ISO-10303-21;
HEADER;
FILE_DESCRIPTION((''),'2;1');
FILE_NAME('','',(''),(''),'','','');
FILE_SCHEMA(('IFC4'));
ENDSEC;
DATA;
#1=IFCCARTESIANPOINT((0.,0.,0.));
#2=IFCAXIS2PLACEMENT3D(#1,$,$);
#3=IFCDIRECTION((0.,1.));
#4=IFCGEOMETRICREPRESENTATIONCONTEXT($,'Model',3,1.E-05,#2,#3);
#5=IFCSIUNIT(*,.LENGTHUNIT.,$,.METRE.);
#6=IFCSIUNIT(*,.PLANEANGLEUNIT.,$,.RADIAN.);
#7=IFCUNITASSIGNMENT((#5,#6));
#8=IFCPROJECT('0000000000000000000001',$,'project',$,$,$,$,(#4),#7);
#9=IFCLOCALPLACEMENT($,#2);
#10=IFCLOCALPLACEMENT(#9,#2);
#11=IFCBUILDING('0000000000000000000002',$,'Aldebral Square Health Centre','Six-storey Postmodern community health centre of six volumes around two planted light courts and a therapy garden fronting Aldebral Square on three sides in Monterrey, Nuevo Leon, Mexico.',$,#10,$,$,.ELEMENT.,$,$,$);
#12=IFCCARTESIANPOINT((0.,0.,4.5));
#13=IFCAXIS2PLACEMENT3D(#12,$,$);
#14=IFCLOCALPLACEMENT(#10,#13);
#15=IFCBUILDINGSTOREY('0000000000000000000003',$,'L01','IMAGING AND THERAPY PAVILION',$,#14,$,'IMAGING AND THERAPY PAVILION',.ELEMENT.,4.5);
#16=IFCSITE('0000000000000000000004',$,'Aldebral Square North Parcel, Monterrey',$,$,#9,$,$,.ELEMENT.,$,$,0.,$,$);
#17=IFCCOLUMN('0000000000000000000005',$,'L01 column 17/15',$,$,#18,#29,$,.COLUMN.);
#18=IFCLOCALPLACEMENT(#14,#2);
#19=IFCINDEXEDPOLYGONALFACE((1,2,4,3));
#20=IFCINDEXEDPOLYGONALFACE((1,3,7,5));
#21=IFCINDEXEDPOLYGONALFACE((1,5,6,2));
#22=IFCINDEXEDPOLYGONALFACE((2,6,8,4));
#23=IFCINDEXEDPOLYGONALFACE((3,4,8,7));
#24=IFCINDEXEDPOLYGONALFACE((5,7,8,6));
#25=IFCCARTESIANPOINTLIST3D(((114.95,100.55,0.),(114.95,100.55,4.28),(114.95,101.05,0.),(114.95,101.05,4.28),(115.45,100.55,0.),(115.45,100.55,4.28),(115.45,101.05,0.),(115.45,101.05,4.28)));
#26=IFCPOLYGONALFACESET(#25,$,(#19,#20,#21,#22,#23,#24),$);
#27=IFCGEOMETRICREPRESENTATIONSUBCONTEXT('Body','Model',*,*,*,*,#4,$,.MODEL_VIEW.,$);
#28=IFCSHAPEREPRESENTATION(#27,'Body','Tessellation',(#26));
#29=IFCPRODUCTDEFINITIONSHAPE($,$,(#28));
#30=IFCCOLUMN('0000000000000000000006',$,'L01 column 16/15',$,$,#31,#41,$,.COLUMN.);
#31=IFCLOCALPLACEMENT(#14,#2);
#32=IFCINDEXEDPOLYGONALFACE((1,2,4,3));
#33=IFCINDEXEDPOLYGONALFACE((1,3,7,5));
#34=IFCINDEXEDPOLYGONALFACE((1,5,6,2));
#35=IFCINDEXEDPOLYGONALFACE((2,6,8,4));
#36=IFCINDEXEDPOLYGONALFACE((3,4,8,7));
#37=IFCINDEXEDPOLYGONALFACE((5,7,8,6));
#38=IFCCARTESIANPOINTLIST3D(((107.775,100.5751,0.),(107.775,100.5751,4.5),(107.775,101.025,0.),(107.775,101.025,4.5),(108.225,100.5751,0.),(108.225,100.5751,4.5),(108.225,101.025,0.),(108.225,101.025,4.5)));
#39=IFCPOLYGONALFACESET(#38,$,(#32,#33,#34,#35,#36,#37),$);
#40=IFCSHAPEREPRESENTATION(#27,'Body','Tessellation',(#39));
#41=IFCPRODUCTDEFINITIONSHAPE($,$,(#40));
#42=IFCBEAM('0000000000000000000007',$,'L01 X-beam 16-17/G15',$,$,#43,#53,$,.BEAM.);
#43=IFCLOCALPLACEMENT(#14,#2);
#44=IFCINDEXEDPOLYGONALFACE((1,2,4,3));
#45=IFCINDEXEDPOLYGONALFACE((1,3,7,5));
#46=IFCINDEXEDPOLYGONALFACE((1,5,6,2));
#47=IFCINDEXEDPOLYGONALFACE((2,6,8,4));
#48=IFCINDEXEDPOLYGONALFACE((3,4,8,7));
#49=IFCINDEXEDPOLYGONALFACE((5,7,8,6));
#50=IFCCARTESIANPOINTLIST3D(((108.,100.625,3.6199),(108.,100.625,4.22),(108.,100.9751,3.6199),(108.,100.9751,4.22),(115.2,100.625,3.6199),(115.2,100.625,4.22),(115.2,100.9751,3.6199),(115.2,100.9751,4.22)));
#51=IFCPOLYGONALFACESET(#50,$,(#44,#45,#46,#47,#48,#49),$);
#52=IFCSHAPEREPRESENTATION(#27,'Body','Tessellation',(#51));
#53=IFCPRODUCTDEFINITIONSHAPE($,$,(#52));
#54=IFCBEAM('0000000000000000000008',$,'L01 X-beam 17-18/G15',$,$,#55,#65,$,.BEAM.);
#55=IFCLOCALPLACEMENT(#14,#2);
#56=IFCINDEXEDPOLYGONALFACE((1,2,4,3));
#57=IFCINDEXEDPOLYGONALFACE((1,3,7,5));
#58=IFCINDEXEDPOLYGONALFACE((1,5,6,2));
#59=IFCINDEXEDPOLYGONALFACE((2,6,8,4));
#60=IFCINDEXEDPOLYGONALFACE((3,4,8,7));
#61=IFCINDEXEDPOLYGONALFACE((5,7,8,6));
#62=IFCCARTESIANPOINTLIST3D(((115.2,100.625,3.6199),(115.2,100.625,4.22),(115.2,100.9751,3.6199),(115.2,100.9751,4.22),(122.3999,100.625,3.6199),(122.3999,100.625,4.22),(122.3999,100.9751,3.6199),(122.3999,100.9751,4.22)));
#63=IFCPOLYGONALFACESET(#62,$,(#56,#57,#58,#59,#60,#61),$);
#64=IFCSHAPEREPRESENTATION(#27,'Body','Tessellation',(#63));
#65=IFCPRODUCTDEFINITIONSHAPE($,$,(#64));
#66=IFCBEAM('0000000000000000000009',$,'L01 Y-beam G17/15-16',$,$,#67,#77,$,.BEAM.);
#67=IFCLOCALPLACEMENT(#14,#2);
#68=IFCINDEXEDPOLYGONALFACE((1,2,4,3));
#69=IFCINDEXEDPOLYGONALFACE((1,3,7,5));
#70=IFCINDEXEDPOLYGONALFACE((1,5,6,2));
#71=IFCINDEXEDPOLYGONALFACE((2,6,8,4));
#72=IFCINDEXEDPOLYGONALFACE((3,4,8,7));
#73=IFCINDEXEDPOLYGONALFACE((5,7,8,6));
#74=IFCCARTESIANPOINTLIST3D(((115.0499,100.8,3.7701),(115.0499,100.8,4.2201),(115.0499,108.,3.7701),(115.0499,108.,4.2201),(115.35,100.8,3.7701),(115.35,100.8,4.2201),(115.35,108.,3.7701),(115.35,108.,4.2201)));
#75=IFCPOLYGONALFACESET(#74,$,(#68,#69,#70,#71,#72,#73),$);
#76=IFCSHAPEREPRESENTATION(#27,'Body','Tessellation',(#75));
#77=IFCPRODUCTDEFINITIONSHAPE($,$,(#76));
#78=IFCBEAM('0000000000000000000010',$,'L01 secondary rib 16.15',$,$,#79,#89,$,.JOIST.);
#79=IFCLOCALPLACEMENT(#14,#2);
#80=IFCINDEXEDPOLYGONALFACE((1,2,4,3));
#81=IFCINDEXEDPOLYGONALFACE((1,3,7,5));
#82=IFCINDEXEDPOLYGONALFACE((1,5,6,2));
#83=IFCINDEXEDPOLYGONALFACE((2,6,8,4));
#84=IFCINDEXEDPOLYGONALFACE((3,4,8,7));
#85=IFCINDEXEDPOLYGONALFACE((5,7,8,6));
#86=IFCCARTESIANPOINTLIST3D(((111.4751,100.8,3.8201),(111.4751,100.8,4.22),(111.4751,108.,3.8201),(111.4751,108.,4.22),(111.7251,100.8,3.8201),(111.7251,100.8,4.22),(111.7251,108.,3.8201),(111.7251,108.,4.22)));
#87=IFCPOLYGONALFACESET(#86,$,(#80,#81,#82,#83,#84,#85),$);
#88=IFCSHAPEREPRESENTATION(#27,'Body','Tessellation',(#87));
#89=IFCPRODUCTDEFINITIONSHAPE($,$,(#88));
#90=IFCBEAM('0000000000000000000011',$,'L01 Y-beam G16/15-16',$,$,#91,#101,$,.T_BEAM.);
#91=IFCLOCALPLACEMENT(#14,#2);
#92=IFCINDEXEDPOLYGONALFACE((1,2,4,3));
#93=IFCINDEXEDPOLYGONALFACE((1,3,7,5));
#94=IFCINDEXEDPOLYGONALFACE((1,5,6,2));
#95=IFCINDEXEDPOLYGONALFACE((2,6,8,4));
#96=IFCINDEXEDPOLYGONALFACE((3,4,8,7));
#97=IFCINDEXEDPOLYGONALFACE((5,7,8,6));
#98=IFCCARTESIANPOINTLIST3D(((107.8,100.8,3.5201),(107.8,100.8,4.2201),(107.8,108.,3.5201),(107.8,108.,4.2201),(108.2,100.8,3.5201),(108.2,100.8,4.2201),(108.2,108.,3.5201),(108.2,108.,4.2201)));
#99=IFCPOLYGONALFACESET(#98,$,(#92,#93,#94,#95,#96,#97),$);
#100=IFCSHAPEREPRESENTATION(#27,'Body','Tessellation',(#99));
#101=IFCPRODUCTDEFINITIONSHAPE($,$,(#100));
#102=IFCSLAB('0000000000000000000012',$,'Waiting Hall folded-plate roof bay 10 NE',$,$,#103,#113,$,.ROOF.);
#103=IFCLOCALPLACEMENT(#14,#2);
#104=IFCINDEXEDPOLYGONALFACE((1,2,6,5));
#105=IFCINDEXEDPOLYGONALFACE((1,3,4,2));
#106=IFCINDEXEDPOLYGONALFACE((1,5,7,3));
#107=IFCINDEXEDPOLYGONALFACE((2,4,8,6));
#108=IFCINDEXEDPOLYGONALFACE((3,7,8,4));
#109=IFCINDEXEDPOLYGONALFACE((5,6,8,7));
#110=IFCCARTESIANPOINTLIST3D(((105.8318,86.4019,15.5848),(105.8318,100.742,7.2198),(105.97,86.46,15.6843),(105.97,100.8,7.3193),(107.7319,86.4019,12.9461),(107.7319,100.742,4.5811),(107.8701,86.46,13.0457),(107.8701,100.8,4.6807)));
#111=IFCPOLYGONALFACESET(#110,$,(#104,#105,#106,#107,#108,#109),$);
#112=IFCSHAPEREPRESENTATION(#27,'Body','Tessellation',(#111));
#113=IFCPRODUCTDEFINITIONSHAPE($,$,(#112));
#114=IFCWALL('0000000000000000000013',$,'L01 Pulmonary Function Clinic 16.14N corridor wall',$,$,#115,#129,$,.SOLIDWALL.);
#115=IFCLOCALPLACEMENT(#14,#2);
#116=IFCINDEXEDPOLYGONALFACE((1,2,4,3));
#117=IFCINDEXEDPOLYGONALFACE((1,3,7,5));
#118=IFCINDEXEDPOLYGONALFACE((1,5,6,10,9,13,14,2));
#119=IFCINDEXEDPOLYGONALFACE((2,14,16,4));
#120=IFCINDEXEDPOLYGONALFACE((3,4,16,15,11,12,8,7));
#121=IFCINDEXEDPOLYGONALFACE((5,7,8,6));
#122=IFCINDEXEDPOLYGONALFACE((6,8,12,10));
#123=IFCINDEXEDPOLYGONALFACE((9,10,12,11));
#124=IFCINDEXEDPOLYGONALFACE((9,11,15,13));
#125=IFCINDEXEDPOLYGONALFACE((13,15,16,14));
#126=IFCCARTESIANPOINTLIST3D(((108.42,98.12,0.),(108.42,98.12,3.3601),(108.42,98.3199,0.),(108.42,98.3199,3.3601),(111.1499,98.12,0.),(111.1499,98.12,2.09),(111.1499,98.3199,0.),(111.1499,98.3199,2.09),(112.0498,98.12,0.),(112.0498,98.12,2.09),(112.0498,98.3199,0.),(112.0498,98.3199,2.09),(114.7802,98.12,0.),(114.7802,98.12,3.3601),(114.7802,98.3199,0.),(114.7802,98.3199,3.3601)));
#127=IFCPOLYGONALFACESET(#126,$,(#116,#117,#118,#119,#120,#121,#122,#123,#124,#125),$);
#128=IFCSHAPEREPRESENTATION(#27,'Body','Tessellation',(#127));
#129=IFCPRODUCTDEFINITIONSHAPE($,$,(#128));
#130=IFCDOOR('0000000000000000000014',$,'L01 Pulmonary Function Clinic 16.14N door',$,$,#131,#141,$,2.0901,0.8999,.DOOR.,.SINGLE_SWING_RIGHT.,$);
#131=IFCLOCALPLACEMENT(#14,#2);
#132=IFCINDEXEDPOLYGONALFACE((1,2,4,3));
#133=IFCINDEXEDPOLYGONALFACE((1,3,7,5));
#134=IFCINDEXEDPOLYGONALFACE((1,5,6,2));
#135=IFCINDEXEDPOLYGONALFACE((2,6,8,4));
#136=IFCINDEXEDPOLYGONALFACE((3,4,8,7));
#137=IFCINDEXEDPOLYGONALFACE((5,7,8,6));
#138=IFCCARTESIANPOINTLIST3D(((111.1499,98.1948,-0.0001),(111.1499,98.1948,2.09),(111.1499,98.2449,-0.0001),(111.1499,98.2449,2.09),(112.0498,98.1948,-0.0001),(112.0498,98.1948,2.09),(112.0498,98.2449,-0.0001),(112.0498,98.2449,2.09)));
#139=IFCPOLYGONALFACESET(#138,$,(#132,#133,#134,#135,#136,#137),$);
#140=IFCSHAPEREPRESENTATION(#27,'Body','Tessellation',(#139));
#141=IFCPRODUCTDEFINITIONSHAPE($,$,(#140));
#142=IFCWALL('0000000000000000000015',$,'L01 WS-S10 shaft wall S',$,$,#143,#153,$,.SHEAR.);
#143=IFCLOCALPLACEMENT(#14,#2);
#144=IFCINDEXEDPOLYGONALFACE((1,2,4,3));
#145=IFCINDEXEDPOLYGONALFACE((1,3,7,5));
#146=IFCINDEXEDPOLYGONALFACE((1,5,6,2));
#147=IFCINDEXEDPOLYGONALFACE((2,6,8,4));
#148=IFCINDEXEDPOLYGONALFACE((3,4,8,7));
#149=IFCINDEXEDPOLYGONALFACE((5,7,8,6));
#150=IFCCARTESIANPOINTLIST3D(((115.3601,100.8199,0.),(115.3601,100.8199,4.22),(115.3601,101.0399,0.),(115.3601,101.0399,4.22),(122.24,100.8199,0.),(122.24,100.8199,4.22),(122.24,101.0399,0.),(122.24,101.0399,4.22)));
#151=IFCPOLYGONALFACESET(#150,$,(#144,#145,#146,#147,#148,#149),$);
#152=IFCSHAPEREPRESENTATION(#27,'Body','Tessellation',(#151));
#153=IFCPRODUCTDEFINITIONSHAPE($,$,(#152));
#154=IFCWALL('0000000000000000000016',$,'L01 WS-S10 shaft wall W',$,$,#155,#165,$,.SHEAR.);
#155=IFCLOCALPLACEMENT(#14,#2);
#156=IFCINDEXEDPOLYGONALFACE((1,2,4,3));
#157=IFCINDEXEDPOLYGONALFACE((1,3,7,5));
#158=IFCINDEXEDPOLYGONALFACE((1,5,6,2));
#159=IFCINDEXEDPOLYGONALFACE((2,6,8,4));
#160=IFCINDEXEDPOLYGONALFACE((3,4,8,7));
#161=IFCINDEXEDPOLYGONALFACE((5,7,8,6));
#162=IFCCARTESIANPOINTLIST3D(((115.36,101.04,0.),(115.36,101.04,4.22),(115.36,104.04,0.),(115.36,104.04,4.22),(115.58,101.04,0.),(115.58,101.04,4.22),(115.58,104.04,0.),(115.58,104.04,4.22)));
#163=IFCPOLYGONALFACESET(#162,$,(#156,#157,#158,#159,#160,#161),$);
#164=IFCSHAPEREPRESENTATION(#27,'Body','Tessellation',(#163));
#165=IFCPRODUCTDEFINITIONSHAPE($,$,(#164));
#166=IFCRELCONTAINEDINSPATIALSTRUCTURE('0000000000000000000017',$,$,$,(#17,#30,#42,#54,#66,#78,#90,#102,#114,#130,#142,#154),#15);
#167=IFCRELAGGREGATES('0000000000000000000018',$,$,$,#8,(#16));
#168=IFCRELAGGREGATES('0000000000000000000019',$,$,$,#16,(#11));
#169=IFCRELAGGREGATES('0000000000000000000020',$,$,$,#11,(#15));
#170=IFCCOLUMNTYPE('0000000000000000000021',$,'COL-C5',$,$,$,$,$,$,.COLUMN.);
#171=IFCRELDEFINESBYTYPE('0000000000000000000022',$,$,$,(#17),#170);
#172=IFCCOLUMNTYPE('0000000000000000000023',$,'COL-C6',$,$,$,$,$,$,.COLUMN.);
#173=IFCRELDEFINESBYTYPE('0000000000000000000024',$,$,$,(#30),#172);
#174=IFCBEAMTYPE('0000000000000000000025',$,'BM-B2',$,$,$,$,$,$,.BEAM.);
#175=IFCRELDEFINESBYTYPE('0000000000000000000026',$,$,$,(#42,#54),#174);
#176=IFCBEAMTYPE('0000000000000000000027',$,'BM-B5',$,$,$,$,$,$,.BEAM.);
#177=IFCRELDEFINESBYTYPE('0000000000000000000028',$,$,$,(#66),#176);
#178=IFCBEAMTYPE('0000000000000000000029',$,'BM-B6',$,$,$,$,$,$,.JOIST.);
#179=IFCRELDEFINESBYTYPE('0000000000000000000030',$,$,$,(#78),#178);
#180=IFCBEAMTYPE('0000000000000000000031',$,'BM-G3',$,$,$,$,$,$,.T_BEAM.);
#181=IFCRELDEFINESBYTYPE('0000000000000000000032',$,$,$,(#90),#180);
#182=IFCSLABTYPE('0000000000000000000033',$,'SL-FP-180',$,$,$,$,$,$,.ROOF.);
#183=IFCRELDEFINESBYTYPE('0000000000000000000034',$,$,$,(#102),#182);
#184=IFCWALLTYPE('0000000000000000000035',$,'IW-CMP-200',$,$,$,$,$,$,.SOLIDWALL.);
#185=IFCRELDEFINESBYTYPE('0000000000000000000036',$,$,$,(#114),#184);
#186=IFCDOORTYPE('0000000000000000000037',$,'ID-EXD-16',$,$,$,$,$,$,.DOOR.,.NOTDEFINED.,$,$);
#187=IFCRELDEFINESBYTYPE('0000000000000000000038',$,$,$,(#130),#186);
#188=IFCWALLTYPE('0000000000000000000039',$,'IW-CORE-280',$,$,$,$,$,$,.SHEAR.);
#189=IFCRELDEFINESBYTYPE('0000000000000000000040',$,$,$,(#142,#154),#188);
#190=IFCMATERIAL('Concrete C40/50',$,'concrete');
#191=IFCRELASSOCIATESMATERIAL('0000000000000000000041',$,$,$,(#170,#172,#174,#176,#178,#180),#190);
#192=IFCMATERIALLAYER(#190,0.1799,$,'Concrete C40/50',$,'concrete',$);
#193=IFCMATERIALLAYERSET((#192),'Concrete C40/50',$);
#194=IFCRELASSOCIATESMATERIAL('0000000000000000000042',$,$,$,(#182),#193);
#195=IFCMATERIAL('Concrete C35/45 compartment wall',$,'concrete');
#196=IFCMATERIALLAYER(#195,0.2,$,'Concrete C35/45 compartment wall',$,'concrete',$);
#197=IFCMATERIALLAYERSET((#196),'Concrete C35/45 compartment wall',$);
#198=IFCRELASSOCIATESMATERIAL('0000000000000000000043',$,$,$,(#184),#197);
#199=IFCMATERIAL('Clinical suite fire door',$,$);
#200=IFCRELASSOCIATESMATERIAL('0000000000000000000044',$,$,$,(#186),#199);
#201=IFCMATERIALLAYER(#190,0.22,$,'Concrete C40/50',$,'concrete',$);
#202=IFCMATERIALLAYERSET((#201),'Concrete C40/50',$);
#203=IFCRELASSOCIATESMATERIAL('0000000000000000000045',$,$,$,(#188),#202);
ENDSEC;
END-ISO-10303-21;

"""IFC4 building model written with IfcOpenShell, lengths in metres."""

from ifc_helpers import new_model, si_unit, direction, frame, frame_2d, origin, origin_2d, place, context, subcontext, project, spatial, polyline, rectangle, outline, extrude, material, layer, layer_set, material_profile, profile_set, type_object, element, fill, save


model = new_model("IFC4")

# Units and contexts
model_context = context("Model", 3, precision=1e-05, world=origin(), true_north=direction((0.0, 1.0)))
body_context = subcontext(model_context, "Body", "Model", "MODEL_VIEW")
ifc_project = project(units=[si_unit("LENGTHUNIT", "METRE"), si_unit("PLANEANGLEUNIT", "RADIAN")], contexts=[model_context])

# Site, building, storey
site_placement = place(None, origin())
site = spatial("IfcSite", under=ifc_project, at=site_placement, Name="Aldebral Square North Parcel, Monterrey", CompositionType="ELEMENT", RefElevation=0.0)
building_placement = place(site_placement, origin())
building = spatial("IfcBuilding", under=site, at=building_placement, Name="Aldebral Square Health Centre", Description="Six-storey Postmodern community health centre of six volumes around two planted light courts and a therapy garden fronting Aldebral Square on three sides in Monterrey, Nuevo Leon, Mexico.", CompositionType="ELEMENT")
storey_placement = place(building_placement, frame((0.0, 0.0, 4.5)))
storey = spatial("IfcBuildingStorey", under=building, at=storey_placement, Name="L01", Description="IMAGING AND THERAPY PAVILION", LongName="IMAGING AND THERAPY PAVILION", CompositionType="ELEMENT", Elevation=4.5)

# Columns
ifc_material_1 = material(Name="Concrete C40/50", Category="concrete")
ifc_material_profile_1 = material_profile(ifc_material_1, rectangle(XDim=0.5, YDim=0.5, at=origin_2d()), Name="RC 500x500")
ifc_profile_set_1 = profile_set([ifc_material_profile_1], Name="Concrete C40/50")
column_type_1 = type_object("IfcColumnType", Name="COL-C5", PredefinedType="COLUMN", material=ifc_profile_set_1)
column_1_placement = place(storey_placement, frame((115.2, 100.8, 0.0), z_axis=(0.0, 0.0, 1.0), x_axis=(1.0, 0.0, 0.0)))
element("IfcColumn", 1, at=column_1_placement, inside=storey, type_object=column_type_1, Name="L01 column 17/15", PredefinedType="COLUMN", context=body_context, shape_type="SweptSolid", body=[
    extrude(rectangle(XDim=0.5, YDim=0.5, at=origin_2d()), origin(), (0.0, 0.0, 1.0), 4.28),
])
ifc_material_profile_2 = material_profile(ifc_material_1, rectangle(XDim=0.45, YDim=0.45, at=origin_2d()), Name="RC 450x450")
ifc_profile_set_2 = profile_set([ifc_material_profile_2], Name="Concrete C40/50")
column_type_2 = type_object("IfcColumnType", Name="COL-C6", PredefinedType="COLUMN", material=ifc_profile_set_2)
column_2_placement = place(storey_placement, frame((108.0, 100.8, 0.0), z_axis=(0.0, 0.0, 1.0), x_axis=(1.0, 0.0, 0.0)))
element("IfcColumn", 2, at=column_2_placement, inside=storey, type_object=column_type_2, Name="L01 column 16/15", PredefinedType="COLUMN", context=body_context, shape_type="SweptSolid", body=[
    extrude(rectangle(XDim=0.45, YDim=0.45, at=origin_2d()), origin(), (0.0, 0.0, 1.0), 4.5),
])

# Beams
ifc_material_profile_3 = material_profile(ifc_material_1, rectangle(XDim=0.3501, YDim=0.6001, at=origin_2d()), Name="RC 350x600")
ifc_profile_set_3 = profile_set([ifc_material_profile_3], Name="Concrete C40/50")
beam_type_1 = type_object("IfcBeamType", Name="BM-B2", PredefinedType="BEAM", material=ifc_profile_set_3)
for number, where, z_axis, x_axis, name in (
    (3, (108.0, 100.8, 3.9199), (1.0, 0.0, 0.0), (0.0, 1.0, 0.0), "L01 X-beam 16-17/G15"),
    (4, (115.2, 100.8, 3.9199), (1.0, 0.0, 0.0), (0.0, 1.0, 0.0), "L01 X-beam 17-18/G15"),
):
    element("IfcBeam", number, at=place(storey_placement, frame(where, z_axis=z_axis, x_axis=x_axis)), inside=storey, type_object=beam_type_1, Name=name, PredefinedType="BEAM", context=body_context, shape_type="SweptSolid", body=[
        extrude(rectangle(XDim=0.3501, YDim=0.6001, at=origin_2d()), origin(), (0.0, 0.0, 1.0), 7.2),
    ])
ifc_material_profile_4 = material_profile(ifc_material_1, rectangle(XDim=0.3, YDim=0.45, at=origin_2d()), Name="RC 300x450")
ifc_profile_set_4 = profile_set([ifc_material_profile_4], Name="Concrete C40/50")
beam_type_2 = type_object("IfcBeamType", Name="BM-B5", PredefinedType="BEAM", material=ifc_profile_set_4)
beam_1_placement = place(storey_placement, frame((115.2, 100.8, 3.9951), z_axis=(0.0, 1.0, 0.0), x_axis=(-1.0, 0.0, 0.0)))
element("IfcBeam", 5, at=beam_1_placement, inside=storey, type_object=beam_type_2, Name="L01 Y-beam G17/15-16", PredefinedType="BEAM", context=body_context, shape_type="SweptSolid", body=[
    extrude(rectangle(XDim=0.3, YDim=0.45, at=origin_2d()), origin(), (0.0, 0.0, 1.0), 7.2),
])
ifc_material_profile_5 = material_profile(ifc_material_1, rectangle(XDim=0.25, YDim=0.3999, at=origin_2d()), Name="RC 250x400")
ifc_profile_set_5 = profile_set([ifc_material_profile_5], Name="Concrete C40/50")
beam_type_3 = type_object("IfcBeamType", Name="BM-B6", PredefinedType="JOIST", material=ifc_profile_set_5)
beam_2_placement = place(storey_placement, frame((111.6001, 100.8, 4.02), z_axis=(0.0, 1.0, 0.0), x_axis=(-1.0, 0.0, 0.0)))
element("IfcBeam", 6, at=beam_2_placement, inside=storey, type_object=beam_type_3, Name="L01 secondary rib 16.15", PredefinedType="JOIST", context=body_context, shape_type="SweptSolid", body=[
    extrude(rectangle(XDim=0.25, YDim=0.3999, at=origin_2d()), origin(), (0.0, 0.0, 1.0), 7.2),
])
ifc_material_profile_6 = material_profile(ifc_material_1, rectangle(XDim=0.3999, YDim=0.7, at=origin_2d()), Name="RC 400x700")
ifc_profile_set_6 = profile_set([ifc_material_profile_6], Name="Concrete C40/50")
beam_type_4 = type_object("IfcBeamType", Name="BM-G3", PredefinedType="T_BEAM", material=ifc_profile_set_6)
beam_3_placement = place(storey_placement, frame((108.0, 100.8, 3.8701), z_axis=(0.0, 1.0, 0.0), x_axis=(-1.0, 0.0, 0.0)))
element("IfcBeam", 7, at=beam_3_placement, inside=storey, type_object=beam_type_4, Name="L01 Y-beam G16/15-16", PredefinedType="T_BEAM", context=body_context, shape_type="SweptSolid", body=[
    extrude(rectangle(XDim=0.3999, YDim=0.7, at=origin_2d()), origin(), (0.0, 0.0, 1.0), 7.2),
])

# Slab
ifc_layer_1 = layer(ifc_material_1, 0.1799, Name="Concrete C40/50", Category="concrete")
ifc_layer_set_1 = layer_set([ifc_layer_1], Name="Concrete C40/50")
slab_type = type_object("IfcSlabType", Name="SL-FP-180", PredefinedType="ROOF", material=ifc_layer_set_1)
slab_placement = place(storey_placement, frame((107.8701, 100.8, 4.6807), z_axis=(0.768091, 0.322647, 0.553114), x_axis=(-0.584366, 0.0, 0.81149)))
element("IfcSlab", 8, at=slab_placement, inside=storey, type_object=slab_type, Name="Waiting Hall folded-plate roof bay 10 NE", PredefinedType="ROOF", context=body_context, shape_type="SweptSolid", body=[
    extrude(outline(polyline([(0.0, 0.0), (3.2516, 0.0), (10.0397, 15.1503), (6.7881, 15.1503), (0.0, 0.0)])), origin(), (0.0, 0.0, -1.0), 0.1799),
])

# Wall, opening, door
ifc_material_2 = material(Name="Concrete C35/45 compartment wall", Category="concrete")
ifc_layer_2 = layer(ifc_material_2, 0.2, Name="Concrete C35/45 compartment wall", Category="concrete")
ifc_layer_set_2 = layer_set([ifc_layer_2], Name="Concrete C35/45 compartment wall")
wall_type_1 = type_object("IfcWallType", Name="IW-CMP-200", PredefinedType="SOLIDWALL", material=ifc_layer_set_2)
wall_1_placement = place(storey_placement, frame((108.4199, 98.22, 0.0), z_axis=(0.0, 0.0, 1.0), x_axis=(1.0, 0.0, 0.0)))
wall_1 = element("IfcWall", 9, at=wall_1_placement, inside=storey, type_object=wall_type_1, Name="L01 Pulmonary Function Clinic 16.14N corridor wall", PredefinedType="SOLIDWALL", context=body_context, shape_type="SweptSolid", body=[
    extrude(rectangle(XDim=6.3601, YDim=0.2, at=frame_2d((3.1802, 0.0))), origin(), (0.0, 0.0, 1.0), 3.3601),
])
opening_1_placement = place(wall_1_placement, frame((2.73, 0.0, 0.0)))
opening_1 = element("IfcOpeningElement", 10, at=opening_1_placement, cuts=wall_1, PredefinedType="OPENING", context=body_context, shape_type="SweptSolid", body=[
    extrude(rectangle(XDim=0.8999, YDim=2.0901, at=frame_2d((0.45, 1.0449))), frame((0.0, 0.1099, 0.0), z_axis=(0.0, -1.0, 0.0), x_axis=(1.0, 0.0, 0.0)), (0.0, 0.0, 1.0), 0.22),
])
ifc_material_3 = material(Name="Clinical suite fire door")
door_type_1 = type_object("IfcDoorType", Name="ID-EXD-16", OperationType="NOTDEFINED", PredefinedType="DOOR", material=ifc_material_3)
door_1_placement = place(opening_1_placement, origin())
door_1 = element("IfcDoor", 11, at=door_1_placement, inside=storey, type_object=door_type_1, Name="L01 Pulmonary Function Clinic 16.14N door", OperationType="SINGLE_SWING_RIGHT", OverallHeight=2.0901, OverallWidth=0.8999, PredefinedType="DOOR", context=body_context, shape_type="SweptSolid", body=[
    extrude(rectangle(XDim=0.8999, YDim=2.0901, at=frame_2d((0.45, 1.0449))), frame((0.0, 0.0249, 0.0), z_axis=(0.0, -1.0, 0.0), x_axis=(1.0, 0.0, 0.0)), (0.0, 0.0, 1.0), 0.05),
])
fill(opening_1, door_1)

# Walls
ifc_layer_3 = layer(ifc_material_1, 0.22, Name="Concrete C40/50", Category="concrete")
ifc_layer_set_3 = layer_set([ifc_layer_3], Name="Concrete C40/50")
wall_type_2 = type_object("IfcWallType", Name="IW-CORE-280", PredefinedType="SHEAR", material=ifc_layer_set_3)
wall_2_placement = place(storey_placement, frame((115.3601, 100.9299, 0.0), z_axis=(0.0, 0.0, 1.0), x_axis=(1.0, 0.0, 0.0)))
element("IfcWall", 12, at=wall_2_placement, inside=storey, type_object=wall_type_2, Name="L01 WS-S10 shaft wall S", PredefinedType="SHEAR", context=body_context, shape_type="SweptSolid", body=[
    extrude(rectangle(XDim=6.8799, YDim=0.22, at=frame_2d((3.4399, 0.0))), origin(), (0.0, 0.0, 1.0), 4.22),
])
wall_3_placement = place(storey_placement, frame((115.47, 101.04, 0.0), z_axis=(0.0, 0.0, 1.0), x_axis=(0.0, 1.0, 0.0)))
element("IfcWall", 13, at=wall_3_placement, inside=storey, type_object=wall_type_2, Name="L01 WS-S10 shaft wall W", PredefinedType="SHEAR", context=body_context, shape_type="SweptSolid", body=[
    extrude(rectangle(XDim=3.0, YDim=0.22, at=frame_2d((1.5, 0.0))), origin(), (0.0, 0.0, 1.0), 4.22),
])

save(model, "model.ifc")
